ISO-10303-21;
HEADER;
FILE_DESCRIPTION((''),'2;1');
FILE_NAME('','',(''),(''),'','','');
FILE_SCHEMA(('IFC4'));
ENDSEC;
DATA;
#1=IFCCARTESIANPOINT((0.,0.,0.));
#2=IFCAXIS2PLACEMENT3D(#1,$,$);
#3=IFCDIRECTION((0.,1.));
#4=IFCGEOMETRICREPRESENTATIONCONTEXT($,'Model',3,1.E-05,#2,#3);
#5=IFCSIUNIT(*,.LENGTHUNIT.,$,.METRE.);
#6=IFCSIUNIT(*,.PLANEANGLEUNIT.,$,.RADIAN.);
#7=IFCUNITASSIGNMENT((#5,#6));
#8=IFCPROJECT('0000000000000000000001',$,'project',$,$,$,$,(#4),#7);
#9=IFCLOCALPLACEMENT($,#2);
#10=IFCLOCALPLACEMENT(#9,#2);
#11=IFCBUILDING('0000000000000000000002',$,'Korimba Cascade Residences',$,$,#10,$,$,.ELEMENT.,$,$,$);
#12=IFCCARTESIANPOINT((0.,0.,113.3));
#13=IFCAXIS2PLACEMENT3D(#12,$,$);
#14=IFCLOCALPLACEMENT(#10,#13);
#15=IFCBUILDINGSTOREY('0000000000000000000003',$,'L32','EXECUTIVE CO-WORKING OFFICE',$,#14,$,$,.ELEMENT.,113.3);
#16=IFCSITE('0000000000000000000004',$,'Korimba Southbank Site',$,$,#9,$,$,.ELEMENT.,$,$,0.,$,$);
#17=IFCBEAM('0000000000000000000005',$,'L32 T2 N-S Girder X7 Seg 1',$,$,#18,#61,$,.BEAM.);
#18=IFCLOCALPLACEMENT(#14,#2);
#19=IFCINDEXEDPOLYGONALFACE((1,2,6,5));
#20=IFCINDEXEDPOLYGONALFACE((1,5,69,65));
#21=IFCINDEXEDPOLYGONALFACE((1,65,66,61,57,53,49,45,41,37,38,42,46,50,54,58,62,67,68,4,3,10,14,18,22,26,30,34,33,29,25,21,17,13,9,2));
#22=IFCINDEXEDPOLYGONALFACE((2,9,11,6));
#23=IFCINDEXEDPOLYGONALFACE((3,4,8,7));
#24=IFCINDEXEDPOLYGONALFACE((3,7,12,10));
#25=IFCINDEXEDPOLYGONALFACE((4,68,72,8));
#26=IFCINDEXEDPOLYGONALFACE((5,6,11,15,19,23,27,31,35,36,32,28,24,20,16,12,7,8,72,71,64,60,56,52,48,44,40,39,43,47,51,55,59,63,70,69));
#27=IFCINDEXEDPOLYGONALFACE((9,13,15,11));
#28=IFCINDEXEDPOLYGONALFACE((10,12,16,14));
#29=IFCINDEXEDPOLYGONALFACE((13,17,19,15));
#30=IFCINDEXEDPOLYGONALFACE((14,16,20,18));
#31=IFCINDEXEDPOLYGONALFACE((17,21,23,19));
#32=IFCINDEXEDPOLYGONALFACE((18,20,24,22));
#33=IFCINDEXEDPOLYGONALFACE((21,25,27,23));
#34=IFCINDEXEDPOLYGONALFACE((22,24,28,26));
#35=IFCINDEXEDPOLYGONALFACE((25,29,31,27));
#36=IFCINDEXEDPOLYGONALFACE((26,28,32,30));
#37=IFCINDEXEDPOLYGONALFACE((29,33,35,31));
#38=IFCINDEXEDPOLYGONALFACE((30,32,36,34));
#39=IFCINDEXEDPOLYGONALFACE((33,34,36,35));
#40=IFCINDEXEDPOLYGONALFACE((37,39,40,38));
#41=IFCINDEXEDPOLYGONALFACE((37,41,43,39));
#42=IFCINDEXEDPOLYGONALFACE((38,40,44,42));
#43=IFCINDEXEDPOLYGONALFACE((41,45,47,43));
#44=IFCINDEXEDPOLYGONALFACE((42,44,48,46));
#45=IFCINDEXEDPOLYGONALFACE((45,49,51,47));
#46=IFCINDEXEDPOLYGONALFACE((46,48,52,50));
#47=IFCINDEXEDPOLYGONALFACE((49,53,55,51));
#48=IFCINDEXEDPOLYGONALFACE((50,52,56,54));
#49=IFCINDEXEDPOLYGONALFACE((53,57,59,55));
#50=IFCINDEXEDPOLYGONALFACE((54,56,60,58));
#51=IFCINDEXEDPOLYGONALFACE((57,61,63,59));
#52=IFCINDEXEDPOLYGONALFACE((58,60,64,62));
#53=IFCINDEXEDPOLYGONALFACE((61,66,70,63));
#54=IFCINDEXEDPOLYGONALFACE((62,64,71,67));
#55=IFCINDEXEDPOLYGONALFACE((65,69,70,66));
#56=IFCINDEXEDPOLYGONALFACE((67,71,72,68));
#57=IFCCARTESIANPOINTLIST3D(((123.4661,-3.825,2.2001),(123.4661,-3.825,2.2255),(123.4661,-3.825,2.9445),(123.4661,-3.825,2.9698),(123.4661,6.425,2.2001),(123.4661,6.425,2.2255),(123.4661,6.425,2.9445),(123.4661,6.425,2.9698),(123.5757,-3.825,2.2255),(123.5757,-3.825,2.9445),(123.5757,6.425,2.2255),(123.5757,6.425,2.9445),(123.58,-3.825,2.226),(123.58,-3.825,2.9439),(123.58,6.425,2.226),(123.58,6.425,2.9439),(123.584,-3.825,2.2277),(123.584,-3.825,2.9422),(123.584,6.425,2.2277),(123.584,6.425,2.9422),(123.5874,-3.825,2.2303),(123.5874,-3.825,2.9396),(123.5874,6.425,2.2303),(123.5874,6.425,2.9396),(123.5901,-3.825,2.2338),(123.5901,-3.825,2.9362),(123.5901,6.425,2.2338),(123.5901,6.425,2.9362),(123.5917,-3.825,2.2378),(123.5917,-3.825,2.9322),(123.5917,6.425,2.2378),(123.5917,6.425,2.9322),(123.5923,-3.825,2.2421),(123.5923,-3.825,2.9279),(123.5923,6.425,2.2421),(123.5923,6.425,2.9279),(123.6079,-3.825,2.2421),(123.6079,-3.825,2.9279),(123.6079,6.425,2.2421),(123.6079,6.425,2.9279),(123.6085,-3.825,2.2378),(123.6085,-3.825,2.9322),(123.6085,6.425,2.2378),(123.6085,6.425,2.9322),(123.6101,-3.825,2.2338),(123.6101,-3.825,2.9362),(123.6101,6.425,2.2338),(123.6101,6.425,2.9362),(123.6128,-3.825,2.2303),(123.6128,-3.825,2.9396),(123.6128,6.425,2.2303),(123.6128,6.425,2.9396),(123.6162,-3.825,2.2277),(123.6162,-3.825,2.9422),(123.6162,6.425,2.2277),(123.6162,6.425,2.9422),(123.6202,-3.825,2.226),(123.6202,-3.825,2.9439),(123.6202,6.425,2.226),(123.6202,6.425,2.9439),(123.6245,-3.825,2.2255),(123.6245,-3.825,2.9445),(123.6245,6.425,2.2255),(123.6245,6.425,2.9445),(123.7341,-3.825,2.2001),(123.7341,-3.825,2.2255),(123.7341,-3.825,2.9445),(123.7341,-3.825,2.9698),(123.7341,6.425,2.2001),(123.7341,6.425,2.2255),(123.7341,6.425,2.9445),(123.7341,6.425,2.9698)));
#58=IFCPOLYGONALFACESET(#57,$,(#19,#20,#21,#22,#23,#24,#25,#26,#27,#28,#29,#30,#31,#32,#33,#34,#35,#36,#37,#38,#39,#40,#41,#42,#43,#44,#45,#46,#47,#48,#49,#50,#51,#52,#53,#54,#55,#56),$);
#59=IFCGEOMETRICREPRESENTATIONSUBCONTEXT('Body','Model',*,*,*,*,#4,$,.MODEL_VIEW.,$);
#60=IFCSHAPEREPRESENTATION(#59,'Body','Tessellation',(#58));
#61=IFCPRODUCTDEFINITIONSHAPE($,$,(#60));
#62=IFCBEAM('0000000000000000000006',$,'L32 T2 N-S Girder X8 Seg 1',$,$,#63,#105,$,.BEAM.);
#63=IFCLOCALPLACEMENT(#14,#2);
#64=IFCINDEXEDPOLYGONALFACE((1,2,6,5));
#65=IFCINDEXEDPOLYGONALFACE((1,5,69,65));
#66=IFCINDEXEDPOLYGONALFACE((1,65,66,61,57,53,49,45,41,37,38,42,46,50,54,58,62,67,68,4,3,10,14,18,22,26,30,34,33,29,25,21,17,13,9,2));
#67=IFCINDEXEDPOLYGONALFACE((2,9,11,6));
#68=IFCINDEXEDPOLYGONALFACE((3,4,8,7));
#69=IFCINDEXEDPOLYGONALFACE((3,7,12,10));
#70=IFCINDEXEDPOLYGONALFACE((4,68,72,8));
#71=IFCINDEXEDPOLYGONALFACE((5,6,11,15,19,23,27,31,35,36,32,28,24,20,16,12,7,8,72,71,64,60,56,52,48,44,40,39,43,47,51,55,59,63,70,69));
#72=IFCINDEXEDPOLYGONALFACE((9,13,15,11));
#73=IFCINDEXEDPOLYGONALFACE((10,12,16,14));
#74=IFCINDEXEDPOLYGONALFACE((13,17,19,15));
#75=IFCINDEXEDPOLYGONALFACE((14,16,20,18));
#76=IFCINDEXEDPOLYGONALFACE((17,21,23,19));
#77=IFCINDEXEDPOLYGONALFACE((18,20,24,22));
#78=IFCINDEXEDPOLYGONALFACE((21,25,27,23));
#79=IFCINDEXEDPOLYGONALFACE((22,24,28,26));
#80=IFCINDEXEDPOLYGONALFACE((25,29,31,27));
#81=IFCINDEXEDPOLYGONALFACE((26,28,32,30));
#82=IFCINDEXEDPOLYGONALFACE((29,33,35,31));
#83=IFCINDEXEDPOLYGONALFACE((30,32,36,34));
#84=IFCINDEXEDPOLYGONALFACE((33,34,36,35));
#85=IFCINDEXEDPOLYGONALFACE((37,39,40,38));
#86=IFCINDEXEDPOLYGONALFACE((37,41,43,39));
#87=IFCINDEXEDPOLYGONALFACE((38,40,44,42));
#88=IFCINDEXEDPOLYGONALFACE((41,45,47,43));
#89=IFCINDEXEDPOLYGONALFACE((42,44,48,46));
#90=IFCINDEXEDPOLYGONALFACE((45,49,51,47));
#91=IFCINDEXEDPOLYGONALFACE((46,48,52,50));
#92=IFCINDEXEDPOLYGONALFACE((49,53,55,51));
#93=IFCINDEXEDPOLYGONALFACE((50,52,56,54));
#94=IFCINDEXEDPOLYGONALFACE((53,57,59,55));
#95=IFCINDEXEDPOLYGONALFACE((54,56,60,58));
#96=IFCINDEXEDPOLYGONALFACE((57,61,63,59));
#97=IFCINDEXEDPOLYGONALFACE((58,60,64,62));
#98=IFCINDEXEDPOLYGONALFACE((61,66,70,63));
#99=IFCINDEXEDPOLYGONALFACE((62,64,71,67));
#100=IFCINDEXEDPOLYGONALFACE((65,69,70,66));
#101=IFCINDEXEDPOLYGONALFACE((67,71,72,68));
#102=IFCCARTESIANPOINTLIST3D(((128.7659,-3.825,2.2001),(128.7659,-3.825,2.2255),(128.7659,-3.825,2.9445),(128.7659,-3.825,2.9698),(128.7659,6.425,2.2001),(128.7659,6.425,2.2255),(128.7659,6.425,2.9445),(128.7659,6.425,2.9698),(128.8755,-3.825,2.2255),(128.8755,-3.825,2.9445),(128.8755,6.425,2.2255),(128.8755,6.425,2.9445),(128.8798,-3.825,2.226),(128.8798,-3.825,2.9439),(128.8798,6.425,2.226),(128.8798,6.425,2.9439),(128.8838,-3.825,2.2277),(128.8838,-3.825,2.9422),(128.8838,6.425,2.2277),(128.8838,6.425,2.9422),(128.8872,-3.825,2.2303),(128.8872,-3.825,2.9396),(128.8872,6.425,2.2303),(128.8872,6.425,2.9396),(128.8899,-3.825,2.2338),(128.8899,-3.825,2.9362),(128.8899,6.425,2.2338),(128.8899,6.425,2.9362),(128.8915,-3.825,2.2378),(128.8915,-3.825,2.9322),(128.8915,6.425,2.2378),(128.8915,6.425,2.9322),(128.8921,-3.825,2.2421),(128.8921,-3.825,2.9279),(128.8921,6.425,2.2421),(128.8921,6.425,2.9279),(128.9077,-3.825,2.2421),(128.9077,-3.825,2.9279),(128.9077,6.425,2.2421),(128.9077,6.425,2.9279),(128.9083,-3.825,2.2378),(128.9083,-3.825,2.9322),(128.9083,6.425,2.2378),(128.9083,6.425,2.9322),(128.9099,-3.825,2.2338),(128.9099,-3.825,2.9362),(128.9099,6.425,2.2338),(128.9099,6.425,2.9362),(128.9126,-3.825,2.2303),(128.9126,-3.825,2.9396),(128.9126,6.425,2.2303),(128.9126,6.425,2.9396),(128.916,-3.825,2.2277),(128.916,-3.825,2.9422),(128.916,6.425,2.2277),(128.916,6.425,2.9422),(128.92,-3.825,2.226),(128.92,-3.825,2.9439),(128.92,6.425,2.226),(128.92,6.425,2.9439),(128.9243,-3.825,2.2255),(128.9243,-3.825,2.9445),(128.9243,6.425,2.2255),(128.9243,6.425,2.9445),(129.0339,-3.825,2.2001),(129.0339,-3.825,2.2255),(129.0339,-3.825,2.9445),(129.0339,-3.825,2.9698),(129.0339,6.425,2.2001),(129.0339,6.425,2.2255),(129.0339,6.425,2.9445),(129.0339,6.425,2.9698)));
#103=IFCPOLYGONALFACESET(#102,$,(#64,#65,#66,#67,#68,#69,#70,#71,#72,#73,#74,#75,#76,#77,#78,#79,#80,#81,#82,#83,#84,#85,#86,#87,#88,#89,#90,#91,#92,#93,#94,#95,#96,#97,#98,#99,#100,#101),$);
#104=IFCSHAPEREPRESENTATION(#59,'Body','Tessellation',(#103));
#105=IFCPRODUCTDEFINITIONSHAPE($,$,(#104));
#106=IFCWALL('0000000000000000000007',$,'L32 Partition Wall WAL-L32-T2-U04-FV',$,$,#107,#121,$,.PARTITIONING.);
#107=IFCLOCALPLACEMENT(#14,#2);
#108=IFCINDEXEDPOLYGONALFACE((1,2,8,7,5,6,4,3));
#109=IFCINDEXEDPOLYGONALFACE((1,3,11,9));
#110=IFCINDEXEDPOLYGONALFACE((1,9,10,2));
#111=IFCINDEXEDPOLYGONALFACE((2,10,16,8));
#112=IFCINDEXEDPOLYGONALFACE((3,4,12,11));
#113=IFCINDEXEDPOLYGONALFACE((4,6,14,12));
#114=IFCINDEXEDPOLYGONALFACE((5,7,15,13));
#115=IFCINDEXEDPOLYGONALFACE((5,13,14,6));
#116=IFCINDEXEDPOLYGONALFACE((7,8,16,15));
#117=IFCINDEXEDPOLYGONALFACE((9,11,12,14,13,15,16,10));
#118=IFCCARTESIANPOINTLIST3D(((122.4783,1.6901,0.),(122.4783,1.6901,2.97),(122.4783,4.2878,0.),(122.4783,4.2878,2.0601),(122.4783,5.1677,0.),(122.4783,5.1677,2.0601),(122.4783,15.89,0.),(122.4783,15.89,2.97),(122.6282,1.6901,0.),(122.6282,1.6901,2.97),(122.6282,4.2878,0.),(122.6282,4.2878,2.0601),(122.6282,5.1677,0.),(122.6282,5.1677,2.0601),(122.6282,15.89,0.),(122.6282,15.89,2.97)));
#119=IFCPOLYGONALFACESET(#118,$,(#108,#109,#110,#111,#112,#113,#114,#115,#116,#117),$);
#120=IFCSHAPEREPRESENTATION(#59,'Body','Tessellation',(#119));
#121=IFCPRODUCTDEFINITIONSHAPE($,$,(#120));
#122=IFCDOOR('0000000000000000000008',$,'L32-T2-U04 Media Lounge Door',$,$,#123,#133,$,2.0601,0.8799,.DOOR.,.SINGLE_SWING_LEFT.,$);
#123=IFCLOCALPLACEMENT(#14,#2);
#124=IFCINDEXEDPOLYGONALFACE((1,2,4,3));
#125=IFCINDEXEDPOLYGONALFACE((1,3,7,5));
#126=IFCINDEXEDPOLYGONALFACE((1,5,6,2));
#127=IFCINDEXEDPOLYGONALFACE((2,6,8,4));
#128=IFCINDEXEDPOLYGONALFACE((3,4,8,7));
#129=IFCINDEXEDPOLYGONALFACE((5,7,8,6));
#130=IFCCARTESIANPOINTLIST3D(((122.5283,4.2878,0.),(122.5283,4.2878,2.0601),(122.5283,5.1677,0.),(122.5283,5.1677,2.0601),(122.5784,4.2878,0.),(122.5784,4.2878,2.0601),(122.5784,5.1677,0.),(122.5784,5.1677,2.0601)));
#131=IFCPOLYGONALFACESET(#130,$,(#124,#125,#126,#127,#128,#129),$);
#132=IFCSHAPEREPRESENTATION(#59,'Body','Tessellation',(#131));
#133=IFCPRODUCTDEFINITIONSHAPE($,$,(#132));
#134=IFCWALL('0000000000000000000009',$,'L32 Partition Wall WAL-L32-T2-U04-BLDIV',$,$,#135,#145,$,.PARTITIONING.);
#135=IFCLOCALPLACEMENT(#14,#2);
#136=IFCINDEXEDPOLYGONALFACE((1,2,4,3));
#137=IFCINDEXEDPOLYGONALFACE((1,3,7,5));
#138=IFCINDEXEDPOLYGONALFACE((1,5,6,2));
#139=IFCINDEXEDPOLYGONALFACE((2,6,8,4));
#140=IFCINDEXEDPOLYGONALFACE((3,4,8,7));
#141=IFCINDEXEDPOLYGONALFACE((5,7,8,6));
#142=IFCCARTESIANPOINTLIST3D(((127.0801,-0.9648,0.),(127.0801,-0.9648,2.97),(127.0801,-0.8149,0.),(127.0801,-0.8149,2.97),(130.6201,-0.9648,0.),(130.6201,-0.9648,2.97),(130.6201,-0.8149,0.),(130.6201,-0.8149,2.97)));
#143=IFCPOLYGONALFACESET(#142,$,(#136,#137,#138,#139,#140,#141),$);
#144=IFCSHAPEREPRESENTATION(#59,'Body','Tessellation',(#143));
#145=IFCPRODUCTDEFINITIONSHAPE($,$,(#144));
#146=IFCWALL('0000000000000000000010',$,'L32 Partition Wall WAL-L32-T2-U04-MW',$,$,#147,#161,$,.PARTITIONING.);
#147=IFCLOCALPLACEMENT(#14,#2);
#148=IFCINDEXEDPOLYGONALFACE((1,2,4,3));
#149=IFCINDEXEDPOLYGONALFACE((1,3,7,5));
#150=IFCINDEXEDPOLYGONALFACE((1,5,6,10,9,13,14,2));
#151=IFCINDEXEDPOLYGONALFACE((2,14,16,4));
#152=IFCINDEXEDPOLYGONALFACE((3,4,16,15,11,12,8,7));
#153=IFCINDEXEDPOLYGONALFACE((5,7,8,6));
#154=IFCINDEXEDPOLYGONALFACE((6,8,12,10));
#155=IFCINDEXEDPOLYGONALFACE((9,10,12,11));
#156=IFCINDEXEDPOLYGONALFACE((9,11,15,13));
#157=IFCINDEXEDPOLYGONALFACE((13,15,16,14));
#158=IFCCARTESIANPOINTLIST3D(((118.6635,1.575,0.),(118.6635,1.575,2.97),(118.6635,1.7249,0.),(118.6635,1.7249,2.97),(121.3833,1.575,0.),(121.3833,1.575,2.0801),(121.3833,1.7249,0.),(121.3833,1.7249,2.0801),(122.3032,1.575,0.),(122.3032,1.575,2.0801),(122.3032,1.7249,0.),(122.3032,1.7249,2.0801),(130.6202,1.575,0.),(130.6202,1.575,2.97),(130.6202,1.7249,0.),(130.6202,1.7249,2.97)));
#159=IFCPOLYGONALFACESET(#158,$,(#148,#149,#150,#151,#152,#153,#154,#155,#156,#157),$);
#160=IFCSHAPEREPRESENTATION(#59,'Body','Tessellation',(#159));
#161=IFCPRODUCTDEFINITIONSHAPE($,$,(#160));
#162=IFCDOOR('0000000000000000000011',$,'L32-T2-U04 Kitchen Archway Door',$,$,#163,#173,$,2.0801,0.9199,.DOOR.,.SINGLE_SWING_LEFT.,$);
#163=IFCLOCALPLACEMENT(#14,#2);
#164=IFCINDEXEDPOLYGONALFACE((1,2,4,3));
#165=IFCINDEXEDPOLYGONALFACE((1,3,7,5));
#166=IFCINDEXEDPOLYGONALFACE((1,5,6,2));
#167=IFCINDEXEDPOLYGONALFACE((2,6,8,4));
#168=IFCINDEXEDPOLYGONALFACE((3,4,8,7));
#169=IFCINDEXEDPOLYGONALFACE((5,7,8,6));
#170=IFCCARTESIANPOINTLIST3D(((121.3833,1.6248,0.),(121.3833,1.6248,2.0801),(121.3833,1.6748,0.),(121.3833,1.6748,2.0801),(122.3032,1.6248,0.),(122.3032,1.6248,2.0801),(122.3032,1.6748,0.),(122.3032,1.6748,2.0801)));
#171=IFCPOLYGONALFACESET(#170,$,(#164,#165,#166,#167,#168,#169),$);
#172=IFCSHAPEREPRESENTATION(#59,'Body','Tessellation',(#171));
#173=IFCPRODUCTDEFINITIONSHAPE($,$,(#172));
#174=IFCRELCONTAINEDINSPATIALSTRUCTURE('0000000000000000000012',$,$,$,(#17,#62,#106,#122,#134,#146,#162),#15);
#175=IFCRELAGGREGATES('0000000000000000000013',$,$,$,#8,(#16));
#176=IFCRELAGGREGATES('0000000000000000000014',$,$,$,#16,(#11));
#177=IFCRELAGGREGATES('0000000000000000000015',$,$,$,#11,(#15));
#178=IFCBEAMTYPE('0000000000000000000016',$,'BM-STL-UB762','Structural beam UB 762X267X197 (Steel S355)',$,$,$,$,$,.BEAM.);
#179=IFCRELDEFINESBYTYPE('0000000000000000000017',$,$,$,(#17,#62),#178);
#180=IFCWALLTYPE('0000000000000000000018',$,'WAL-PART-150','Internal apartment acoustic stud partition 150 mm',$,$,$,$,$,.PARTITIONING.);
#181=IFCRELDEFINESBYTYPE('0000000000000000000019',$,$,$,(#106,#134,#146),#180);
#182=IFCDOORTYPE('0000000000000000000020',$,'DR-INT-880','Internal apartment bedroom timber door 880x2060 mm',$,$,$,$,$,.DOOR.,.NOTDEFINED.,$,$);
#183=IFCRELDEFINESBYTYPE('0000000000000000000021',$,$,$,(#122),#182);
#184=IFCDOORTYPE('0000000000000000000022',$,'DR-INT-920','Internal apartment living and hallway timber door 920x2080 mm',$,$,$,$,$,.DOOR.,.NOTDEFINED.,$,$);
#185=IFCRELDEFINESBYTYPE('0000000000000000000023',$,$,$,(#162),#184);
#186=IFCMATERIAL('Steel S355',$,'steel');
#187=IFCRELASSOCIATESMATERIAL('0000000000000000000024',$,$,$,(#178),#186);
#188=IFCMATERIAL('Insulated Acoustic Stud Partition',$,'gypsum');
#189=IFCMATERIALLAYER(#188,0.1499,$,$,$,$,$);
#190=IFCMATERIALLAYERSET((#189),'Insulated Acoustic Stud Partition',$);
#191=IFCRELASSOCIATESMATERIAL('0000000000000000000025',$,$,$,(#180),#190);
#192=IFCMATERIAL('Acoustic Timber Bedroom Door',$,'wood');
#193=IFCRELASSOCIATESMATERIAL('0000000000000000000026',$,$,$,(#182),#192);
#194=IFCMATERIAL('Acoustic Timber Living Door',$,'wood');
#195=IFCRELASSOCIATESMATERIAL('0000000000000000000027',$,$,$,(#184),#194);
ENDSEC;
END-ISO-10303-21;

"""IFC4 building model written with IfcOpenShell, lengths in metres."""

from ifc_helpers import new_model, si_unit, direction, frame, frame_2d, origin, origin_2d, place, context, subcontext, project, spatial, rectangle, i_section, extrude, material, layer, layer_set, material_profile, profile_set, type_object, element, fill, save


model = new_model("IFC4")

# Units and contexts
model_context = context("Model", 3, precision=1e-05, world=origin(), true_north=direction((0.0, 1.0)))
body_context = subcontext(model_context, "Body", "Model", "MODEL_VIEW")
ifc_project = project(units=[si_unit("LENGTHUNIT", "METRE"), si_unit("PLANEANGLEUNIT", "RADIAN")], contexts=[model_context])

# Site, building, storey
site_placement = place(None, origin())
site = spatial("IfcSite", under=ifc_project, at=site_placement, Name="Korimba Southbank Site", CompositionType="ELEMENT", RefElevation=0.0)
building_placement = place(site_placement, origin())
building = spatial("IfcBuilding", under=site, at=building_placement, Name="Korimba Cascade Residences", CompositionType="ELEMENT")
storey_placement = place(building_placement, frame((0.0, 0.0, 113.3)))
storey = spatial("IfcBuildingStorey", under=building, at=storey_placement, Name="L32", Description="EXECUTIVE CO-WORKING OFFICE", CompositionType="ELEMENT", Elevation=113.3)

# Beams
ifc_material_1 = material(Name="Steel S355", Category="steel")
ifc_material_profile_1 = material_profile(ifc_material_1, i_section(OverallWidth=0.2681, OverallDepth=0.7698, WebThickness=0.0156, FlangeThickness=0.0254, FilletRadius=0.0166, at=origin_2d()), Name="Steel S355")
ifc_profile_set_1 = profile_set([ifc_material_profile_1], Name="Steel S355")
beam_type_1 = type_object("IfcBeamType", Name="BM-STL-UB762", Description="Structural beam UB 762X267X197 (Steel S355)", PredefinedType="BEAM", material=ifc_profile_set_1)
for number, where, z_axis, x_axis, name in (
    (1, (123.6001, -3.825, 2.585), (0.0, 1.0, 0.0), (-1.0, 0.0, 0.0), "L32 T2 N-S Girder X7 Seg 1"),
    (2, (128.8999, -3.825, 2.585), (0.0, 1.0, 0.0), (-1.0, 0.0, 0.0), "L32 T2 N-S Girder X8 Seg 1"),
):
    element("IfcBeam", number, at=place(storey_placement, frame(where, z_axis=z_axis, x_axis=x_axis)), inside=storey, type_object=beam_type_1, Name=name, PredefinedType="BEAM", context=body_context, shape_type="SweptSolid", body=[
        extrude(i_section(OverallWidth=0.2681, OverallDepth=0.7698, WebThickness=0.0156, FlangeThickness=0.0254, FilletRadius=0.0166, at=origin_2d()), origin(), (0.0, 0.0, 1.0), 10.25),
    ])

# Wall, opening, door
ifc_material_2 = material(Name="Insulated Acoustic Stud Partition", Category="gypsum")
ifc_layer = layer(ifc_material_2, 0.1499)
ifc_layer_set = layer_set([ifc_layer], Name="Insulated Acoustic Stud Partition")
wall_type = type_object("IfcWallType", Name="WAL-PART-150", Description="Internal apartment acoustic stud partition 150 mm", PredefinedType="PARTITIONING", material=ifc_layer_set)
wall_1_placement = place(storey_placement, frame((122.5532, 1.6899, 0.0), z_axis=(0.0, 0.0, 1.0), x_axis=(0.0, 1.0, 0.0)))
wall_1 = element("IfcWall", 3, at=wall_1_placement, inside=storey, type_object=wall_type, Name="L32 Partition Wall WAL-L32-T2-U04-FV", PredefinedType="PARTITIONING", context=body_context, shape_type="SweptSolid", body=[
    extrude(rectangle(XDim=14.2, YDim=0.1499, at=frame_2d((7.1001, 0.0))), origin(), (0.0, 0.0, 1.0), 2.97),
])
opening_1_placement = place(wall_1_placement, frame((2.5979, 0.0, 0.0)))
opening_1 = element("IfcOpeningElement", 4, at=opening_1_placement, cuts=wall_1, PredefinedType="OPENING", context=body_context, shape_type="SweptSolid", body=[
    extrude(rectangle(XDim=0.8799, YDim=2.0601, at=frame_2d((0.4399, 1.03))), frame((0.0, 0.085, 0.0), z_axis=(0.0, -1.0, 0.0), x_axis=(1.0, 0.0, 0.0)), (0.0, 0.0, 1.0), 0.1699),
])
ifc_material_3 = material(Name="Acoustic Timber Bedroom Door", Category="wood")
door_type_1 = type_object("IfcDoorType", Name="DR-INT-880", Description="Internal apartment bedroom timber door 880x2060 mm", OperationType="NOTDEFINED", PredefinedType="DOOR", material=ifc_material_3)
door_1_placement = place(opening_1_placement, origin())
door_1 = element("IfcDoor", 5, at=door_1_placement, inside=storey, type_object=door_type_1, Name="L32-T2-U04 Media Lounge Door", OperationType="SINGLE_SWING_LEFT", OverallHeight=2.0601, OverallWidth=0.8799, PredefinedType="DOOR", context=body_context, shape_type="SweptSolid", body=[
    extrude(rectangle(XDim=0.8799, YDim=2.0601, at=frame_2d((0.4399, 1.03))), frame((0.0, 0.0249, 0.0), z_axis=(0.0, -1.0, 0.0), x_axis=(1.0, 0.0, 0.0)), (0.0, 0.0, 1.0), 0.05),
])
fill(opening_1, door_1)

# Wall
wall_2_placement = place(storey_placement, frame((127.0801, -0.8899, 0.0), z_axis=(0.0, 0.0, 1.0), x_axis=(1.0, 0.0, 0.0)))
element("IfcWall", 6, at=wall_2_placement, inside=storey, type_object=wall_type, Name="L32 Partition Wall WAL-L32-T2-U04-BLDIV", PredefinedType="PARTITIONING", context=body_context, shape_type="SweptSolid", body=[
    extrude(rectangle(XDim=3.54, YDim=0.1499, at=frame_2d((1.77, 0.0))), origin(), (0.0, 0.0, 1.0), 2.97),
])

# Wall, opening, door
wall_3_placement = place(storey_placement, frame((118.6633, 1.6499, 0.0), z_axis=(0.0, 0.0, 1.0), x_axis=(1.0, 0.0, 0.0)))
wall_3 = element("IfcWall", 7, at=wall_3_placement, inside=storey, type_object=wall_type, Name="L32 Partition Wall WAL-L32-T2-U04-MW", PredefinedType="PARTITIONING", context=body_context, shape_type="SweptSolid", body=[
    extrude(rectangle(XDim=11.9568, YDim=0.1499, at=frame_2d((5.9785, 0.0))), origin(), (0.0, 0.0, 1.0), 2.97),
])
opening_2_placement = place(wall_3_placement, frame((2.72, 0.0, 0.0)))
opening_2 = element("IfcOpeningElement", 8, at=opening_2_placement, cuts=wall_3, PredefinedType="OPENING", context=body_context, shape_type="SweptSolid", body=[
    extrude(rectangle(XDim=0.9199, YDim=2.0801, at=frame_2d((0.46, 1.04))), frame((0.0, 0.085, 0.0), z_axis=(0.0, -1.0, 0.0), x_axis=(1.0, 0.0, 0.0)), (0.0, 0.0, 1.0), 0.1699),
])
ifc_material_4 = material(Name="Acoustic Timber Living Door", Category="wood")
door_type_2 = type_object("IfcDoorType", Name="DR-INT-920", Description="Internal apartment living and hallway timber door 920x2080 mm", OperationType="NOTDEFINED", PredefinedType="DOOR", material=ifc_material_4)
door_2_placement = place(opening_2_placement, origin())
door_2 = element("IfcDoor", 9, at=door_2_placement, inside=storey, type_object=door_type_2, Name="L32-T2-U04 Kitchen Archway Door", OperationType="SINGLE_SWING_LEFT", OverallHeight=2.0801, OverallWidth=0.9199, PredefinedType="DOOR", context=body_context, shape_type="SweptSolid", body=[
    extrude(rectangle(XDim=0.9199, YDim=2.0801, at=frame_2d((0.46, 1.04))), frame((0.0, 0.0249, 0.0), z_axis=(0.0, -1.0, 0.0), x_axis=(1.0, 0.0, 0.0)), (0.0, 0.0, 1.0), 0.05),
])
fill(opening_2, door_2)

save(model, "model.ifc")
